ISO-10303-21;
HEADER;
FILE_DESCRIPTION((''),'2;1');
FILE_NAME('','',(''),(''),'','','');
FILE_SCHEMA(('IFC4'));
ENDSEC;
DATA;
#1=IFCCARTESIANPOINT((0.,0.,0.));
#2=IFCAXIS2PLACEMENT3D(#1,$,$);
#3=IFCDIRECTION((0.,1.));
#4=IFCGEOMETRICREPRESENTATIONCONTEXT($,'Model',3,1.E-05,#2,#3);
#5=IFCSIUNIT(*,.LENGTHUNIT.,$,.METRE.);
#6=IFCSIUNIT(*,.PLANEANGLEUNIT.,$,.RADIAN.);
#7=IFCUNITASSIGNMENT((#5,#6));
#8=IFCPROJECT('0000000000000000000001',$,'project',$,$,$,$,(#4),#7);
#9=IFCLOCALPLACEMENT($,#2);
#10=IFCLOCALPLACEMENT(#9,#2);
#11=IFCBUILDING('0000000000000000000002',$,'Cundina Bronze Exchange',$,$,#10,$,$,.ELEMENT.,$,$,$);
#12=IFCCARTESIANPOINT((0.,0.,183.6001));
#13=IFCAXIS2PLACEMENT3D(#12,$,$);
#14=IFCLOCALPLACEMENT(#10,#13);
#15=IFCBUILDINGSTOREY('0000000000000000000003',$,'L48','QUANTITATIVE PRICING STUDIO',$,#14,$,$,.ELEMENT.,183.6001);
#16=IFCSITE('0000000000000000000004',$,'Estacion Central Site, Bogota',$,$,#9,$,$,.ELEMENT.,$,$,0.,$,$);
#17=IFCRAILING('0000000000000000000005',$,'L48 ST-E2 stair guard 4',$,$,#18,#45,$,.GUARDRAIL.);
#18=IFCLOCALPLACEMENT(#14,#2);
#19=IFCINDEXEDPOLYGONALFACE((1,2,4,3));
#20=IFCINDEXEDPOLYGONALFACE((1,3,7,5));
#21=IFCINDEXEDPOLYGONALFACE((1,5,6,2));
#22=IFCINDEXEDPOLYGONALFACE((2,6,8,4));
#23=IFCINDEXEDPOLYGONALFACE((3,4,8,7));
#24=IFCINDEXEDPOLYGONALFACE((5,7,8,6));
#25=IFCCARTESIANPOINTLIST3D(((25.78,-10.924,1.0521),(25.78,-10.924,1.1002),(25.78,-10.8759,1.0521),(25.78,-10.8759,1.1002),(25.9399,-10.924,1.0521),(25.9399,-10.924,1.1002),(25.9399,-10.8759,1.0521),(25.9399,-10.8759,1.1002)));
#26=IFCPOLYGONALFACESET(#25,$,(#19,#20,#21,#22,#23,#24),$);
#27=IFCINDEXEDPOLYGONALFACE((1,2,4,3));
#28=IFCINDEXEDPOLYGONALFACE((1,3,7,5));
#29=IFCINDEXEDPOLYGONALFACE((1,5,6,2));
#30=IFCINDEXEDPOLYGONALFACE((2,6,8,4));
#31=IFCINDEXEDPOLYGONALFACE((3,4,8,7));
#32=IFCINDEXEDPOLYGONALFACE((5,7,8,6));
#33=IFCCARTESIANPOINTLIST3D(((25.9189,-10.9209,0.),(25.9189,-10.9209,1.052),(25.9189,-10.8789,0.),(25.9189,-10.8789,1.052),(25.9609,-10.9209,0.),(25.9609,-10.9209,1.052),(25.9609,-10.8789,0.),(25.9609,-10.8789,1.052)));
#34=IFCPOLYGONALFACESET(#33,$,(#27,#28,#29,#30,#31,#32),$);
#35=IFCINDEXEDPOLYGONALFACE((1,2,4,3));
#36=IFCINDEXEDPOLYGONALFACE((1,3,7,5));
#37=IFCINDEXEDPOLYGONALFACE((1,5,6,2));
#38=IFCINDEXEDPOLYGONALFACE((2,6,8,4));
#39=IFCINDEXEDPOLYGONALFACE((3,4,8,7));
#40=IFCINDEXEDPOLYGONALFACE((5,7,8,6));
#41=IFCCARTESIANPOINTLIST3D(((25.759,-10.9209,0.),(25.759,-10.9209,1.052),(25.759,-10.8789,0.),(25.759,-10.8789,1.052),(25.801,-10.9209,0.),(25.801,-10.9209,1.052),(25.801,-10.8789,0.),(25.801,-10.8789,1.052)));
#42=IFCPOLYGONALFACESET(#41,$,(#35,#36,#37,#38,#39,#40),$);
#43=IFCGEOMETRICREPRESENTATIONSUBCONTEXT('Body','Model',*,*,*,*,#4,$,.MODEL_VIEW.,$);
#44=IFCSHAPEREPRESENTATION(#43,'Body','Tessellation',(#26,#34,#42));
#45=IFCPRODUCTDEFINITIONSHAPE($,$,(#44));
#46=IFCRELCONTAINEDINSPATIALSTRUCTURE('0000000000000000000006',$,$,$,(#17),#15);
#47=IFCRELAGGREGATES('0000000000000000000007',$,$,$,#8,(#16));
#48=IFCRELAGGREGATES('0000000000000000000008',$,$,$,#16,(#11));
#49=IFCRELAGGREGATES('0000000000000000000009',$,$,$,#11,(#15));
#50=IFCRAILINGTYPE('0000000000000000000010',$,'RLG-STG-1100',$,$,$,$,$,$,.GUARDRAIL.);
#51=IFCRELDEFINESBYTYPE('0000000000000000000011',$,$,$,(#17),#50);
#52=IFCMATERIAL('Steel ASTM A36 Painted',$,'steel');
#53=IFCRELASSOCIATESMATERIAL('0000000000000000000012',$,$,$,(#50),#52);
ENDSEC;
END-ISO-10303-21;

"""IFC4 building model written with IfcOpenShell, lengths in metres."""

from ifc_helpers import new_model, si_unit, direction, frame, origin, origin_2d, place, context, subcontext, project, spatial, rectangle, extrude, material, type_object, element, save


model = new_model("IFC4")

# Units and contexts
model_context = context("Model", 3, precision=1e-05, world=origin(), true_north=direction((0.0, 1.0)))
body_context = subcontext(model_context, "Body", "Model", "MODEL_VIEW")
ifc_project = project(units=[si_unit("LENGTHUNIT", "METRE"), si_unit("PLANEANGLEUNIT", "RADIAN")], contexts=[model_context])

# Site, building, storey
site_placement = place(None, origin())
site = spatial("IfcSite", under=ifc_project, at=site_placement, Name="Estacion Central Site, Bogota", CompositionType="ELEMENT", RefElevation=0.0)
building_placement = place(site_placement, origin())
building = spatial("IfcBuilding", under=site, at=building_placement, Name="Cundina Bronze Exchange", CompositionType="ELEMENT")
storey_placement = place(building_placement, frame((0.0, 0.0, 183.6001)))
storey = spatial("IfcBuildingStorey", under=building, at=storey_placement, Name="L48", Description="QUANTITATIVE PRICING STUDIO", CompositionType="ELEMENT", Elevation=183.6001)

# Shared definitions
ifc_material_1 = material(Name="Steel ASTM A36 Painted", Category="steel")

# Railing
railing_type_1 = type_object("IfcRailingType", Name="RLG-STG-1100", PredefinedType="GUARDRAIL", material=ifc_material_1)
railing_1_placement = place(storey_placement, frame((25.9399, -10.8999, 0.0)))
element("IfcRailing", 1, at=railing_1_placement, inside=storey, type_object=railing_type_1, Name="L48 ST-E2 stair guard 4", PredefinedType="GUARDRAIL", context=body_context, shape_type="SweptSolid", body=[
    extrude(rectangle(XDim=0.0481, YDim=0.0481, at=origin_2d()), frame((0.0, 0.0, 1.0762), z_axis=(-1.0, 0.0, 0.0), x_axis=(0.0, -1.0, 0.0)), (0.0, 0.0, 1.0), 0.1599),
    extrude(rectangle(XDim=0.042, YDim=0.042, at=origin_2d()), origin(), (0.0, 0.0, 1.0), 1.052),
    extrude(rectangle(XDim=0.042, YDim=0.042, at=origin_2d()), frame((-0.1599, 0.0, 0.0)), (0.0, 0.0, 1.0), 1.052),
])

save(model, "model.ifc")
